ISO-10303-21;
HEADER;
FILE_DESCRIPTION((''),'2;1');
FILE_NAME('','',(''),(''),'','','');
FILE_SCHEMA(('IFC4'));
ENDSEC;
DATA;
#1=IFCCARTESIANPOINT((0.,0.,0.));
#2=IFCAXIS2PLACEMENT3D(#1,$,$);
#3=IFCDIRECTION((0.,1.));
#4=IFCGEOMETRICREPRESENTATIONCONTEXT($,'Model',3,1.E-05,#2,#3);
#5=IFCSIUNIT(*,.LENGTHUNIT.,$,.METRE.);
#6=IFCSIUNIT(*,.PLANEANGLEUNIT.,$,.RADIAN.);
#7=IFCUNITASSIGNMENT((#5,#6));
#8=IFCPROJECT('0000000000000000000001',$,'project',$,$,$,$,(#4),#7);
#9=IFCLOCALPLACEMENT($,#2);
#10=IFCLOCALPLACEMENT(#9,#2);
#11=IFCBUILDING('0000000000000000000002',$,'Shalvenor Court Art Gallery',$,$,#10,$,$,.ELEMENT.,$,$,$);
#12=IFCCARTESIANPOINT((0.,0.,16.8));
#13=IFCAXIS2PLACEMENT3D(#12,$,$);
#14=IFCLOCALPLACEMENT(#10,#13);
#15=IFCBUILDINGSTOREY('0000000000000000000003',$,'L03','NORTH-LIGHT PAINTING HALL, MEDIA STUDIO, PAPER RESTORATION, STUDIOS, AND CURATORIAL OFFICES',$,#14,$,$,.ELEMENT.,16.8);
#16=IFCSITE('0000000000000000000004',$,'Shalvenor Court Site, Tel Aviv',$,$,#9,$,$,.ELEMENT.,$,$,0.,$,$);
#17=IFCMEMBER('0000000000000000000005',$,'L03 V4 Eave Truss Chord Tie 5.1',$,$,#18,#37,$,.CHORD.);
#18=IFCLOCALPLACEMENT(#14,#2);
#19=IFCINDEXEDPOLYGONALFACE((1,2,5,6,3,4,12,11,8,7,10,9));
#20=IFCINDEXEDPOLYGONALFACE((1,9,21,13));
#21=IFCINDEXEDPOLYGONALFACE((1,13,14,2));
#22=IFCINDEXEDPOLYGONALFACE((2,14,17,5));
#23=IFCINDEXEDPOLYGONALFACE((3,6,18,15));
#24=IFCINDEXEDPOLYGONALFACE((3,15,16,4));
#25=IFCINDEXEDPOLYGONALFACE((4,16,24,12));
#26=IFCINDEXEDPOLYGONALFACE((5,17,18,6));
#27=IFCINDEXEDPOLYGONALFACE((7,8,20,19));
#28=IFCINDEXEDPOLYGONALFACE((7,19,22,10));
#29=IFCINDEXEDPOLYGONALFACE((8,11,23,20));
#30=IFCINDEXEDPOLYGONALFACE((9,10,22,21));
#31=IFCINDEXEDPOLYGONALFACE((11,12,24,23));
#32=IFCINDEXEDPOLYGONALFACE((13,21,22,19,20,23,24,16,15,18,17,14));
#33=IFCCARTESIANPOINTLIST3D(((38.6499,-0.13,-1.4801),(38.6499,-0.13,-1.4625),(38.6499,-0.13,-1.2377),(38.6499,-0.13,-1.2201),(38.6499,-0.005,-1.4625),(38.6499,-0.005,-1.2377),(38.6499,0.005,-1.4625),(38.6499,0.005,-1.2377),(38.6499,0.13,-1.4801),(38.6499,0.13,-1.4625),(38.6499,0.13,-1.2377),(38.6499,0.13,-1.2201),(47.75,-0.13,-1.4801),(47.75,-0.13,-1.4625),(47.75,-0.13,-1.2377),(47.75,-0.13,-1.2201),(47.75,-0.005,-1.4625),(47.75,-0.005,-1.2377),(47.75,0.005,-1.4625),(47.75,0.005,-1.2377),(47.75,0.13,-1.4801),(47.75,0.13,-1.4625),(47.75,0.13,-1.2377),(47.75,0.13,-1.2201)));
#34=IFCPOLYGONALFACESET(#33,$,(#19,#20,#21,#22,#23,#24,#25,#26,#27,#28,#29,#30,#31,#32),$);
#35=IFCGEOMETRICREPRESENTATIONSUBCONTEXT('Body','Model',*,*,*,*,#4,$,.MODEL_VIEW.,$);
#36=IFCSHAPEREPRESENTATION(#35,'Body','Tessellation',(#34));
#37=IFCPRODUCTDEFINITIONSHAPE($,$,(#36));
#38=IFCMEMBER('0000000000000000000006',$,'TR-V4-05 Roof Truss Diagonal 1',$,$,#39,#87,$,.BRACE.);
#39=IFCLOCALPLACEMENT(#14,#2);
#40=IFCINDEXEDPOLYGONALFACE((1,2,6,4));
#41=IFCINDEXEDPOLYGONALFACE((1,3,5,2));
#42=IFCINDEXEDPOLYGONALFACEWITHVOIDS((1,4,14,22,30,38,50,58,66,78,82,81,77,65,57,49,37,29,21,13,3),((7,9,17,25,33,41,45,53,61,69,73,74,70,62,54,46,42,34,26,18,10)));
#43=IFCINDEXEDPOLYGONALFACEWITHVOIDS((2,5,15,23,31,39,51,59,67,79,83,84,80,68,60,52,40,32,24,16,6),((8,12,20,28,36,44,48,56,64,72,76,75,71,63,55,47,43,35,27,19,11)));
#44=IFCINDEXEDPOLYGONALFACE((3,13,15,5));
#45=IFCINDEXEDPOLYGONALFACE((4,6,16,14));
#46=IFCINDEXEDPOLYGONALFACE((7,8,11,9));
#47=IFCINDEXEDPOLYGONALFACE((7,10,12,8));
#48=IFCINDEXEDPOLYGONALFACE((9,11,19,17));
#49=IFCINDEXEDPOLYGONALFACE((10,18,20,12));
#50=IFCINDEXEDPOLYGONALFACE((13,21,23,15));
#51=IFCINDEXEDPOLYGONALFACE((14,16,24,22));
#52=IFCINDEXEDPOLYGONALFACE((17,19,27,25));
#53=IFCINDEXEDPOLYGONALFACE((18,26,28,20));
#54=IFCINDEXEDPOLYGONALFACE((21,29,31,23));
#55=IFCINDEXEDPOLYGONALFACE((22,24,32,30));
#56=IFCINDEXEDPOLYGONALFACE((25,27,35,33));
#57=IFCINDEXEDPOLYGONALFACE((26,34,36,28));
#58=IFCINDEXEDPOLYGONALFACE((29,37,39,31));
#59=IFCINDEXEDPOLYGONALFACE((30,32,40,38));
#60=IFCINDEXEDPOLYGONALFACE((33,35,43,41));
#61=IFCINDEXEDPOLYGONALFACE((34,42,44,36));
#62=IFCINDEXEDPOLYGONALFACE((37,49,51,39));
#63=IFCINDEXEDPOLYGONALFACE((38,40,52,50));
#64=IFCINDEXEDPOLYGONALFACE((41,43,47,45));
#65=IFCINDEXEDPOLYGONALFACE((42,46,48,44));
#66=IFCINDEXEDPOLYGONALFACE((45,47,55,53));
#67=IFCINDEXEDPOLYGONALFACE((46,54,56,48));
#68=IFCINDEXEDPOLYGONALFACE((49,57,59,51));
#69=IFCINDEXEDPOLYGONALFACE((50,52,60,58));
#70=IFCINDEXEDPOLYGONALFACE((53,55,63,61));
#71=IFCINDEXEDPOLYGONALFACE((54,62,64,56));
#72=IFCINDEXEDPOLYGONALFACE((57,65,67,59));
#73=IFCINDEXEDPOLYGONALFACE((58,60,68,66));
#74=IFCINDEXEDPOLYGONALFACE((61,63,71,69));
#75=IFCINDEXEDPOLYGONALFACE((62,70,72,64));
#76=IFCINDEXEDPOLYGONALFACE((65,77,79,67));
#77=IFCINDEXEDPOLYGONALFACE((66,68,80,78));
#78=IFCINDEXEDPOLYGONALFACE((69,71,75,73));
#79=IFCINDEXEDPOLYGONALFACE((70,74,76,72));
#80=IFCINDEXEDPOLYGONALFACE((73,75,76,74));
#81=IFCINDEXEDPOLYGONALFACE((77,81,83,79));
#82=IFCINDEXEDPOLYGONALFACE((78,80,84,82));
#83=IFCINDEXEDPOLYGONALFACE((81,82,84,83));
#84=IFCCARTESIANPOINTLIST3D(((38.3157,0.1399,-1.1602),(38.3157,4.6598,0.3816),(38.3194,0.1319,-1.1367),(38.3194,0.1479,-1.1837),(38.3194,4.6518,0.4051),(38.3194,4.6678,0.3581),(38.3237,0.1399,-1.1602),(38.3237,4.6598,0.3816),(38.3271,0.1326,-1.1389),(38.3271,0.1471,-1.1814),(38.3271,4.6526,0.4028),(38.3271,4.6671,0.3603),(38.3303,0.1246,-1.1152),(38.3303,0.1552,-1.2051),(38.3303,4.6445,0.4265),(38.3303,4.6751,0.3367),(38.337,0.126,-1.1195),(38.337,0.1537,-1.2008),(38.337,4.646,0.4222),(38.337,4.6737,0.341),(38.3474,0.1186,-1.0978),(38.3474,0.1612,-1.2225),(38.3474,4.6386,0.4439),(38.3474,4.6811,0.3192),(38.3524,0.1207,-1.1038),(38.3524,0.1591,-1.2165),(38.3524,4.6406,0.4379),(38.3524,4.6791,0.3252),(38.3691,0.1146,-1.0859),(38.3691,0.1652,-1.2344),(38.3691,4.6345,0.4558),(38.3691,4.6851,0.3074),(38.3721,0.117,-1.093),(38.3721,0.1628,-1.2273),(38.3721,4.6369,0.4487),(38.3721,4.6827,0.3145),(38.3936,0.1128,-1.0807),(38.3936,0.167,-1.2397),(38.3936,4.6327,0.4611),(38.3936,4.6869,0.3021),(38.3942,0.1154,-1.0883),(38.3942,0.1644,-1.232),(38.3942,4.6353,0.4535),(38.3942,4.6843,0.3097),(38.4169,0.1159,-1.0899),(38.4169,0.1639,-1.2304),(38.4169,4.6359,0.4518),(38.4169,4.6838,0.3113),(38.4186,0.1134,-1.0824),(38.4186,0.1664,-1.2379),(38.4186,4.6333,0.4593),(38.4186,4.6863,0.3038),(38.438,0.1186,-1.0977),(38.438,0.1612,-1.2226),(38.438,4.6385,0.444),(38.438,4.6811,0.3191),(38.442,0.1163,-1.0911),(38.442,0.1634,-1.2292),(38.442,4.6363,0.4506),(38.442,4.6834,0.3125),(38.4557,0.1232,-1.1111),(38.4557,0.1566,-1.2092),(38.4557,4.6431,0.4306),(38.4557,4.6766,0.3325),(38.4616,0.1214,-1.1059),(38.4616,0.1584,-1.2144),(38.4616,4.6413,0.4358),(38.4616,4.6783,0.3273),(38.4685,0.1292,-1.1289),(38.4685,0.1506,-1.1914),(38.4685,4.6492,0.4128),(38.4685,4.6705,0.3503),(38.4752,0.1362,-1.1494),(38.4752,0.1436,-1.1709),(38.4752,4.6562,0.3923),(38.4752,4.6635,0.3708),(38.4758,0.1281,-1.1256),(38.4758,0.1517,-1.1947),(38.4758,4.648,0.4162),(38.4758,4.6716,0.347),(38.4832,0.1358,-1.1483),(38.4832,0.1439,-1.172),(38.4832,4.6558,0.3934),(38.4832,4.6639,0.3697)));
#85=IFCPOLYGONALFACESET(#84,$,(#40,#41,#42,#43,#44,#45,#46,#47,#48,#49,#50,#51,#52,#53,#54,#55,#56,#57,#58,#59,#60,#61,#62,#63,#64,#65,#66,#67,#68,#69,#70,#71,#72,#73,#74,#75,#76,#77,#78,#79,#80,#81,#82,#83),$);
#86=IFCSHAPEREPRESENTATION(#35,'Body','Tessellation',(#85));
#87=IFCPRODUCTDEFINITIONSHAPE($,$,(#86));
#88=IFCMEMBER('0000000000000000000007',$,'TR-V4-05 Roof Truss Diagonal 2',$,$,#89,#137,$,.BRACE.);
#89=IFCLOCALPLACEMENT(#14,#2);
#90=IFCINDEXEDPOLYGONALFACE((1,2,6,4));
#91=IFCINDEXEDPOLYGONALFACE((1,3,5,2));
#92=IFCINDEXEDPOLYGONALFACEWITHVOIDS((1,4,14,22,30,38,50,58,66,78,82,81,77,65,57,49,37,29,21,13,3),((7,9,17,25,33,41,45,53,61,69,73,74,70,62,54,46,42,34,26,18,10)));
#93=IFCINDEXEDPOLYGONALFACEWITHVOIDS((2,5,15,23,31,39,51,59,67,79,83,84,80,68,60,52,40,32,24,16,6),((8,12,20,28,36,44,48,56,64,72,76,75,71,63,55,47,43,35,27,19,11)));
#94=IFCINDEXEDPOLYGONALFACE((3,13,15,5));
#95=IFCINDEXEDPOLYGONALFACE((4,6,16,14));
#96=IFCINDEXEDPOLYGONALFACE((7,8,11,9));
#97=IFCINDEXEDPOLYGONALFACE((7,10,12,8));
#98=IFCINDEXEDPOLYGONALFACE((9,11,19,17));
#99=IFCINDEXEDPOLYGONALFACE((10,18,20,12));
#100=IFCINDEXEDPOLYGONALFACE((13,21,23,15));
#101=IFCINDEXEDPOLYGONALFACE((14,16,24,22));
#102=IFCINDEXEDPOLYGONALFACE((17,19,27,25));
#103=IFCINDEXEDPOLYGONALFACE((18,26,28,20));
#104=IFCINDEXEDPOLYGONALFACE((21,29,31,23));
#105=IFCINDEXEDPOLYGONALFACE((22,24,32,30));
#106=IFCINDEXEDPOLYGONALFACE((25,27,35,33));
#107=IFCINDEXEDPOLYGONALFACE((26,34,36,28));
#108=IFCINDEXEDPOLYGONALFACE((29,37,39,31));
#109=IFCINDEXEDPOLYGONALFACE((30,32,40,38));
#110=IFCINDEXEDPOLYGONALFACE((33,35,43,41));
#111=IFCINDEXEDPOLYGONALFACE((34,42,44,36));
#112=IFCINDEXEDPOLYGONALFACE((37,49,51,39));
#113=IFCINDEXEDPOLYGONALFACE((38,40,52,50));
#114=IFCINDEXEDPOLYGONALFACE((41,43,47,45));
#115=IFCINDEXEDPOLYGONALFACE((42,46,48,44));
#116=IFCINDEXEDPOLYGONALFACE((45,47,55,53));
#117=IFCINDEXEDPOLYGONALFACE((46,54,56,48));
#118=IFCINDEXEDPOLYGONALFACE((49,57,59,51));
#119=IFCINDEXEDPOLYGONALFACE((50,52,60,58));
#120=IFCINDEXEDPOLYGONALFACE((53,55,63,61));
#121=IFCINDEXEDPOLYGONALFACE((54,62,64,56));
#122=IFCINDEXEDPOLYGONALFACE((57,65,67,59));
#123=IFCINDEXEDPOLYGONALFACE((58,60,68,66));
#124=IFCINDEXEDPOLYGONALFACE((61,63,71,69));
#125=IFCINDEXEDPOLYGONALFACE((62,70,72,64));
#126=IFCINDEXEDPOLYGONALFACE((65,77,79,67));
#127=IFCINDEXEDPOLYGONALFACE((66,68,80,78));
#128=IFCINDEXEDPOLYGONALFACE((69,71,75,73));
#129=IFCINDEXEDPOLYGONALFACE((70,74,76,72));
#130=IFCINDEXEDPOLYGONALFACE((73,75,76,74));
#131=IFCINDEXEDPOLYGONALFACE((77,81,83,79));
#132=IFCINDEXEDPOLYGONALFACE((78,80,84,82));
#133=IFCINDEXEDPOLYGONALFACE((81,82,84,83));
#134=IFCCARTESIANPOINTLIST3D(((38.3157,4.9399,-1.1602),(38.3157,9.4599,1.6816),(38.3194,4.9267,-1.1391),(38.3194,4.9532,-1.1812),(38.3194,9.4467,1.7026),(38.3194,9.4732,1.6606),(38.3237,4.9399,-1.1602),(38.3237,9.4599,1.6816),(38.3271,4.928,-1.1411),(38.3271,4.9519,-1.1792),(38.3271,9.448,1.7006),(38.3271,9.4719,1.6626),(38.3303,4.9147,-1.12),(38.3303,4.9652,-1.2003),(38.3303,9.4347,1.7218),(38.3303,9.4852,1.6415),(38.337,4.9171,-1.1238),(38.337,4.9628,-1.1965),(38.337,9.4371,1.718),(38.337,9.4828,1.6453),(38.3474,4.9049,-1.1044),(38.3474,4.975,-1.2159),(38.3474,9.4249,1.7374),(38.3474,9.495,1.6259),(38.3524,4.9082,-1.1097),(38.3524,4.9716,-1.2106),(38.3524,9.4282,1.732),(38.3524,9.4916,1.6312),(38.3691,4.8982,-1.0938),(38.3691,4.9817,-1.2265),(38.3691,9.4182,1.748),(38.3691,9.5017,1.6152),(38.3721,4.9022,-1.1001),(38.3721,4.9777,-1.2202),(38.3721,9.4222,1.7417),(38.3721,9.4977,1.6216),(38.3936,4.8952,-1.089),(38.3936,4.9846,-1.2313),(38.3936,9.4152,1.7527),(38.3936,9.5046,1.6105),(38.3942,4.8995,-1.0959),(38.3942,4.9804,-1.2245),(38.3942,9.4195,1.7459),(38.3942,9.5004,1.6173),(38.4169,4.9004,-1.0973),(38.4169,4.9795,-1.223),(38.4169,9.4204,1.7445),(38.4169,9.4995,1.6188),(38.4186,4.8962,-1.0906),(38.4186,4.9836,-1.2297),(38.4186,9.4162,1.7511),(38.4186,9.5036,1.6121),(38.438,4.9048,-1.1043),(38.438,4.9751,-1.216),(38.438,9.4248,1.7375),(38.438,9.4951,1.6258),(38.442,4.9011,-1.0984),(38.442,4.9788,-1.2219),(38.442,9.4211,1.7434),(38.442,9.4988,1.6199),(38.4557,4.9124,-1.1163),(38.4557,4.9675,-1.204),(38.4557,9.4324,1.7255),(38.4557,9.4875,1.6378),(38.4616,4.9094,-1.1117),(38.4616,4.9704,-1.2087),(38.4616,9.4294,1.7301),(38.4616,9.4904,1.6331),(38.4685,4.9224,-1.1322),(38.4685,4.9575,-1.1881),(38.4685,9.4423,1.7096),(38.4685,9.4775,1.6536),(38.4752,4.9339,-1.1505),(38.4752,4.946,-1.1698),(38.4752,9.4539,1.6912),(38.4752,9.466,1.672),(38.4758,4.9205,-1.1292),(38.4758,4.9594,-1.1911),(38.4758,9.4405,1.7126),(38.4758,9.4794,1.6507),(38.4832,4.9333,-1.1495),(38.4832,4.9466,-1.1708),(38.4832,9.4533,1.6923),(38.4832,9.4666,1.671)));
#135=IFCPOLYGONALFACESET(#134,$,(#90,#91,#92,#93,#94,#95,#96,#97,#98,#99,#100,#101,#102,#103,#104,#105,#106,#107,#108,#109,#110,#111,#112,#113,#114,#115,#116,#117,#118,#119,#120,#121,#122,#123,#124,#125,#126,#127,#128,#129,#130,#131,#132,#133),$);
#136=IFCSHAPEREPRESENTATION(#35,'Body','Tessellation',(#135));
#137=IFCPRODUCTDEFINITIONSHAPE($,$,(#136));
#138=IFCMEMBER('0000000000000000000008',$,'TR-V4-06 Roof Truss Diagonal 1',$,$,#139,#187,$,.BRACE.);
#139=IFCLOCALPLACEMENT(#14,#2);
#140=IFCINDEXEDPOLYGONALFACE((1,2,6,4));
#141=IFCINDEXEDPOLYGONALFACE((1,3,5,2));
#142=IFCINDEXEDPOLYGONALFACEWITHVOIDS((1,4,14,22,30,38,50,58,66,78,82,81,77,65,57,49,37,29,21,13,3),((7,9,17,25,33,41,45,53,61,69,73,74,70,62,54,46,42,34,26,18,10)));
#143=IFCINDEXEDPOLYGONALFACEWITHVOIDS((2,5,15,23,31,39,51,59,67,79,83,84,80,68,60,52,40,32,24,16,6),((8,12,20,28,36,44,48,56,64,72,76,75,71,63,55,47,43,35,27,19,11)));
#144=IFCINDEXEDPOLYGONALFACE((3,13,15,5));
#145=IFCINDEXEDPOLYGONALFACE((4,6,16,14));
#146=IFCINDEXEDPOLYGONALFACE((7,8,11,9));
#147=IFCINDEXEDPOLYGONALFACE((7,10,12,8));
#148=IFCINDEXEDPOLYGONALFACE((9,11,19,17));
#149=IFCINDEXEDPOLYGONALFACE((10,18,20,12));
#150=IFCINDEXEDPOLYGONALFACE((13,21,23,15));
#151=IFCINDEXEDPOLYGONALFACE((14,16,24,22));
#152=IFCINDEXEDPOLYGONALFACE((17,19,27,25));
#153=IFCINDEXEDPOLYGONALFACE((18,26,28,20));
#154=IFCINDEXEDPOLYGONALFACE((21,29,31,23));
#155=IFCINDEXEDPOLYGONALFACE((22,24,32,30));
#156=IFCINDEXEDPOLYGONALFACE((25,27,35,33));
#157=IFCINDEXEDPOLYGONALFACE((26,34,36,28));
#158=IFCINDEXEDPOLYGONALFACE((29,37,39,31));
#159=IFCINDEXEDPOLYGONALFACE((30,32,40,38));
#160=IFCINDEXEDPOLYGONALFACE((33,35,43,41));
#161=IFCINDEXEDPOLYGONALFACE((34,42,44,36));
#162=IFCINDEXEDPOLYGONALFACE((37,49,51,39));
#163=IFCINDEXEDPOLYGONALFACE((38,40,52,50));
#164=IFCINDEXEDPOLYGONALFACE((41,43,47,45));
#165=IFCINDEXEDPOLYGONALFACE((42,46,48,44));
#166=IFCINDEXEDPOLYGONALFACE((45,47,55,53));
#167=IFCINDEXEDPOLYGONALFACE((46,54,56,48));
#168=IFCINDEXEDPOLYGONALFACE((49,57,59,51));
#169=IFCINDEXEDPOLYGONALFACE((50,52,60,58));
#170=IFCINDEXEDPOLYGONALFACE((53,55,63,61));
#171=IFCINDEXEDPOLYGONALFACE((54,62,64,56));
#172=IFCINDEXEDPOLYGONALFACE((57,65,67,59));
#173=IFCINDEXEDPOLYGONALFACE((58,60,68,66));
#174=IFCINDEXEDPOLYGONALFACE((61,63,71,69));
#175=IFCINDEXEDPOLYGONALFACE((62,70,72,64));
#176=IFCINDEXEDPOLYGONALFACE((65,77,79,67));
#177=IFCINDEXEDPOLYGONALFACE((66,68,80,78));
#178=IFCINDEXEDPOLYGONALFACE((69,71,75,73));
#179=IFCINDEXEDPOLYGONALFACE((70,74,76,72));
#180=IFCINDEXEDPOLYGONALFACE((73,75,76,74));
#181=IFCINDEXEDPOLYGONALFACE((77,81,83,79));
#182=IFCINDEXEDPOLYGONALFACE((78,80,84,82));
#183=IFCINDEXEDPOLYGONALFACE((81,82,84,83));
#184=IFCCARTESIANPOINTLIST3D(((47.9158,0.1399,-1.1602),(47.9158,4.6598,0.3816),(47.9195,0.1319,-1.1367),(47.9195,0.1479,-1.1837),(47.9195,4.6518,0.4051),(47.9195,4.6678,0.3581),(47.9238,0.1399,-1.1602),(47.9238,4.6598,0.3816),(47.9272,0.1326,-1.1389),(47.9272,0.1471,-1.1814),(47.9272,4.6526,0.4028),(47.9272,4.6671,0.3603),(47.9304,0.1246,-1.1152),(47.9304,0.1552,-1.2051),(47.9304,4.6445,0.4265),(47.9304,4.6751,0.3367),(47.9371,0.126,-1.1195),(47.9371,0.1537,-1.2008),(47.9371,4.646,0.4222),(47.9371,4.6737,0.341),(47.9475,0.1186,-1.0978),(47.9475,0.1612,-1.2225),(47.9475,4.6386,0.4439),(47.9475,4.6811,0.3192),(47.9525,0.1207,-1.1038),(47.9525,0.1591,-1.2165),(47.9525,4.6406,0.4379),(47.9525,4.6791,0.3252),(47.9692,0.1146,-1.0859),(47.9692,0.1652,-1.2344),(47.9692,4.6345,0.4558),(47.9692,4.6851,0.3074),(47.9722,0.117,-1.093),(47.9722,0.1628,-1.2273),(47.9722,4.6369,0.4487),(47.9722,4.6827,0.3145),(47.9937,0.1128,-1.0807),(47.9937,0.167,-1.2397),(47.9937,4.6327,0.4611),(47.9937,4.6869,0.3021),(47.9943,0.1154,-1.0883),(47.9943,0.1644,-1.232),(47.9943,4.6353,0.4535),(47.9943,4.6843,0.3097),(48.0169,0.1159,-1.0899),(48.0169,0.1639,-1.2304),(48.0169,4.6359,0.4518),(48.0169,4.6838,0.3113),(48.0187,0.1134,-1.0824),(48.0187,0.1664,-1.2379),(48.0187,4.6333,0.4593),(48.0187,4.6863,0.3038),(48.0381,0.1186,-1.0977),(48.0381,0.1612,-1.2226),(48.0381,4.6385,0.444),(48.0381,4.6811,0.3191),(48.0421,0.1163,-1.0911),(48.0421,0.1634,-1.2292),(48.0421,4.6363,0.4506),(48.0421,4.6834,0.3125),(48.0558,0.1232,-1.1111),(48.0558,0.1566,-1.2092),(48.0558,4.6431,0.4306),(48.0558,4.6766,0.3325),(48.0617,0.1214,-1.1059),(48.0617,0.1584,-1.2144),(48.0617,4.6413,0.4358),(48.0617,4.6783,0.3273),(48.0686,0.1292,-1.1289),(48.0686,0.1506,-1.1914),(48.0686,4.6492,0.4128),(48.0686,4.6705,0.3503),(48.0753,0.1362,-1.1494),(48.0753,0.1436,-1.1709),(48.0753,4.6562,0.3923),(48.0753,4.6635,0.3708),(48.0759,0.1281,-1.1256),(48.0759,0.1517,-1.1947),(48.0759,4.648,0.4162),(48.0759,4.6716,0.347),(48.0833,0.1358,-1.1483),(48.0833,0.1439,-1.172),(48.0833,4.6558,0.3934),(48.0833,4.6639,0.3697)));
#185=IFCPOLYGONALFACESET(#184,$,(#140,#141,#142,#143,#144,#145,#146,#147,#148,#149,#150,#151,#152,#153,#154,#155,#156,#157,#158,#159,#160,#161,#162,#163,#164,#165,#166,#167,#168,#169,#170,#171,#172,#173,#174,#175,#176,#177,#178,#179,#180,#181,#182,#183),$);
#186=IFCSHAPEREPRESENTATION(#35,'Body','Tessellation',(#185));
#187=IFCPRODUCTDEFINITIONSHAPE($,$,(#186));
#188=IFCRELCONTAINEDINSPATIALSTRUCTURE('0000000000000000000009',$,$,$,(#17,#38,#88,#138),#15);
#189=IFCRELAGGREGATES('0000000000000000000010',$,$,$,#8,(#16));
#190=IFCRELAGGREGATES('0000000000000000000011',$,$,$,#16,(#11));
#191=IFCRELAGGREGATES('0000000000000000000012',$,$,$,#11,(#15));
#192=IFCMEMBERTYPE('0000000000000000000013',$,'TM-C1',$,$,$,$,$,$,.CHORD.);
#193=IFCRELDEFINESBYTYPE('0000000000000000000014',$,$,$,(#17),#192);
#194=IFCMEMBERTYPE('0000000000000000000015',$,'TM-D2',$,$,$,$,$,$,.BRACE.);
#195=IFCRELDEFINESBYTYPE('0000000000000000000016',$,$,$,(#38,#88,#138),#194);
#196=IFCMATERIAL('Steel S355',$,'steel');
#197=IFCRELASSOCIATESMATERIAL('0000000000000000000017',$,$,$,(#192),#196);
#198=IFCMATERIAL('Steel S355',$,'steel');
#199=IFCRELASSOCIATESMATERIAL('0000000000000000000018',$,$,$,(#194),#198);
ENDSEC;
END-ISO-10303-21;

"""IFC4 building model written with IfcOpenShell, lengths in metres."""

from ifc_helpers import new_model, si_unit, direction, frame, origin, origin_2d, place, context, subcontext, project, spatial, hollow_circle, i_section, extrude, material, material_profile, profile_set, type_object, element, save


model = new_model("IFC4")

# Units and contexts
model_context = context("Model", 3, precision=1e-05, world=origin(), true_north=direction((0.0, 1.0)))
body_context = subcontext(model_context, "Body", "Model", "MODEL_VIEW")
ifc_project = project(units=[si_unit("LENGTHUNIT", "METRE"), si_unit("PLANEANGLEUNIT", "RADIAN")], contexts=[model_context])

# Site, building, storey
site_placement = place(None, origin())
site = spatial("IfcSite", under=ifc_project, at=site_placement, Name="Shalvenor Court Site, Tel Aviv", CompositionType="ELEMENT", RefElevation=0.0)
building_placement = place(site_placement, origin())
building = spatial("IfcBuilding", under=site, at=building_placement, Name="Shalvenor Court Art Gallery", CompositionType="ELEMENT")
storey_placement = place(building_placement, frame((0.0, 0.0, 16.8)))
storey = spatial("IfcBuildingStorey", under=building, at=storey_placement, Name="L03", Description="NORTH-LIGHT PAINTING HALL, MEDIA STUDIO, PAPER RESTORATION, STUDIOS, AND CURATORIAL OFFICES", CompositionType="ELEMENT", Elevation=16.8)

# Members
ifc_material_1 = material(Name="Steel S355", Category="steel")
ifc_material_profile_1 = material_profile(ifc_material_1, i_section(OverallWidth=0.26, OverallDepth=0.26, WebThickness=0.01, FlangeThickness=0.0176, at=origin_2d()), Name="HEB 260")
ifc_profile_set_1 = profile_set([ifc_material_profile_1], Name="Steel S355")
member_type_1 = type_object("IfcMemberType", Name="TM-C1", PredefinedType="CHORD", material=ifc_profile_set_1)
member_1_placement = place(storey_placement, frame((38.6499, 0.0, -1.3501), z_axis=(1.0, 0.0, 0.0), x_axis=(0.0, 1.0, 0.0)))
element("IfcMember", 1, at=member_1_placement, inside=storey, type_object=member_type_1, Name="L03 V4 Eave Truss Chord Tie 5.1", PredefinedType="CHORD", context=body_context, shape_type="SweptSolid", body=[
    extrude(i_section(OverallWidth=0.26, OverallDepth=0.26, WebThickness=0.01, FlangeThickness=0.0176, at=origin_2d()), origin(), (0.0, 0.0, 1.0), 9.1001),
])
ifc_material_2 = material(Name="Steel S355", Category="steel")
ifc_material_profile_2 = material_profile(ifc_material_2, hollow_circle(Radius=0.0842, WallThickness=0.0081, at=origin_2d()), Name="CHS 168.3x8.0")
ifc_profile_set_2 = profile_set([ifc_material_profile_2], Name="Steel S355")
member_type_2 = type_object("IfcMemberType", Name="TM-D2", PredefinedType="BRACE", material=ifc_profile_set_2)
member_2_placement = place(storey_placement, frame((38.3999, 0.1399, -1.1602), z_axis=(0.0, 0.946457, 0.32283), x_axis=(-1.0, 0.0, 0.0)))
element("IfcMember", 2, at=member_2_placement, inside=storey, type_object=member_type_2, Name="TR-V4-05 Roof Truss Diagonal 1", PredefinedType="BRACE", context=body_context, shape_type="SweptSolid", body=[
    extrude(hollow_circle(Radius=0.0842, WallThickness=0.0081, at=origin_2d()), origin(), (0.0, 0.0, 1.0), 4.7756),
])
member_3_placement = place(storey_placement, frame((38.3999, 4.9399, -1.1602), z_axis=(0.0, 0.846582, 0.532258), x_axis=(-1.0, 0.0, 0.0)))
element("IfcMember", 3, at=member_3_placement, inside=storey, type_object=member_type_2, Name="TR-V4-05 Roof Truss Diagonal 2", PredefinedType="BRACE", context=body_context, shape_type="SweptSolid", body=[
    extrude(hollow_circle(Radius=0.0842, WallThickness=0.0081, at=origin_2d()), origin(), (0.0, 0.0, 1.0), 5.3391),
])
member_4_placement = place(storey_placement, frame((48.0, 0.1399, -1.1602), z_axis=(0.0, 0.946457, 0.32283), x_axis=(-1.0, 0.0, 0.0)))
element("IfcMember", 4, at=member_4_placement, inside=storey, type_object=member_type_2, Name="TR-V4-06 Roof Truss Diagonal 1", PredefinedType="BRACE", context=body_context, shape_type="SweptSolid", body=[
    extrude(hollow_circle(Radius=0.0842, WallThickness=0.0081, at=origin_2d()), origin(), (0.0, 0.0, 1.0), 4.7756),
])

save(model, "model.ifc")
